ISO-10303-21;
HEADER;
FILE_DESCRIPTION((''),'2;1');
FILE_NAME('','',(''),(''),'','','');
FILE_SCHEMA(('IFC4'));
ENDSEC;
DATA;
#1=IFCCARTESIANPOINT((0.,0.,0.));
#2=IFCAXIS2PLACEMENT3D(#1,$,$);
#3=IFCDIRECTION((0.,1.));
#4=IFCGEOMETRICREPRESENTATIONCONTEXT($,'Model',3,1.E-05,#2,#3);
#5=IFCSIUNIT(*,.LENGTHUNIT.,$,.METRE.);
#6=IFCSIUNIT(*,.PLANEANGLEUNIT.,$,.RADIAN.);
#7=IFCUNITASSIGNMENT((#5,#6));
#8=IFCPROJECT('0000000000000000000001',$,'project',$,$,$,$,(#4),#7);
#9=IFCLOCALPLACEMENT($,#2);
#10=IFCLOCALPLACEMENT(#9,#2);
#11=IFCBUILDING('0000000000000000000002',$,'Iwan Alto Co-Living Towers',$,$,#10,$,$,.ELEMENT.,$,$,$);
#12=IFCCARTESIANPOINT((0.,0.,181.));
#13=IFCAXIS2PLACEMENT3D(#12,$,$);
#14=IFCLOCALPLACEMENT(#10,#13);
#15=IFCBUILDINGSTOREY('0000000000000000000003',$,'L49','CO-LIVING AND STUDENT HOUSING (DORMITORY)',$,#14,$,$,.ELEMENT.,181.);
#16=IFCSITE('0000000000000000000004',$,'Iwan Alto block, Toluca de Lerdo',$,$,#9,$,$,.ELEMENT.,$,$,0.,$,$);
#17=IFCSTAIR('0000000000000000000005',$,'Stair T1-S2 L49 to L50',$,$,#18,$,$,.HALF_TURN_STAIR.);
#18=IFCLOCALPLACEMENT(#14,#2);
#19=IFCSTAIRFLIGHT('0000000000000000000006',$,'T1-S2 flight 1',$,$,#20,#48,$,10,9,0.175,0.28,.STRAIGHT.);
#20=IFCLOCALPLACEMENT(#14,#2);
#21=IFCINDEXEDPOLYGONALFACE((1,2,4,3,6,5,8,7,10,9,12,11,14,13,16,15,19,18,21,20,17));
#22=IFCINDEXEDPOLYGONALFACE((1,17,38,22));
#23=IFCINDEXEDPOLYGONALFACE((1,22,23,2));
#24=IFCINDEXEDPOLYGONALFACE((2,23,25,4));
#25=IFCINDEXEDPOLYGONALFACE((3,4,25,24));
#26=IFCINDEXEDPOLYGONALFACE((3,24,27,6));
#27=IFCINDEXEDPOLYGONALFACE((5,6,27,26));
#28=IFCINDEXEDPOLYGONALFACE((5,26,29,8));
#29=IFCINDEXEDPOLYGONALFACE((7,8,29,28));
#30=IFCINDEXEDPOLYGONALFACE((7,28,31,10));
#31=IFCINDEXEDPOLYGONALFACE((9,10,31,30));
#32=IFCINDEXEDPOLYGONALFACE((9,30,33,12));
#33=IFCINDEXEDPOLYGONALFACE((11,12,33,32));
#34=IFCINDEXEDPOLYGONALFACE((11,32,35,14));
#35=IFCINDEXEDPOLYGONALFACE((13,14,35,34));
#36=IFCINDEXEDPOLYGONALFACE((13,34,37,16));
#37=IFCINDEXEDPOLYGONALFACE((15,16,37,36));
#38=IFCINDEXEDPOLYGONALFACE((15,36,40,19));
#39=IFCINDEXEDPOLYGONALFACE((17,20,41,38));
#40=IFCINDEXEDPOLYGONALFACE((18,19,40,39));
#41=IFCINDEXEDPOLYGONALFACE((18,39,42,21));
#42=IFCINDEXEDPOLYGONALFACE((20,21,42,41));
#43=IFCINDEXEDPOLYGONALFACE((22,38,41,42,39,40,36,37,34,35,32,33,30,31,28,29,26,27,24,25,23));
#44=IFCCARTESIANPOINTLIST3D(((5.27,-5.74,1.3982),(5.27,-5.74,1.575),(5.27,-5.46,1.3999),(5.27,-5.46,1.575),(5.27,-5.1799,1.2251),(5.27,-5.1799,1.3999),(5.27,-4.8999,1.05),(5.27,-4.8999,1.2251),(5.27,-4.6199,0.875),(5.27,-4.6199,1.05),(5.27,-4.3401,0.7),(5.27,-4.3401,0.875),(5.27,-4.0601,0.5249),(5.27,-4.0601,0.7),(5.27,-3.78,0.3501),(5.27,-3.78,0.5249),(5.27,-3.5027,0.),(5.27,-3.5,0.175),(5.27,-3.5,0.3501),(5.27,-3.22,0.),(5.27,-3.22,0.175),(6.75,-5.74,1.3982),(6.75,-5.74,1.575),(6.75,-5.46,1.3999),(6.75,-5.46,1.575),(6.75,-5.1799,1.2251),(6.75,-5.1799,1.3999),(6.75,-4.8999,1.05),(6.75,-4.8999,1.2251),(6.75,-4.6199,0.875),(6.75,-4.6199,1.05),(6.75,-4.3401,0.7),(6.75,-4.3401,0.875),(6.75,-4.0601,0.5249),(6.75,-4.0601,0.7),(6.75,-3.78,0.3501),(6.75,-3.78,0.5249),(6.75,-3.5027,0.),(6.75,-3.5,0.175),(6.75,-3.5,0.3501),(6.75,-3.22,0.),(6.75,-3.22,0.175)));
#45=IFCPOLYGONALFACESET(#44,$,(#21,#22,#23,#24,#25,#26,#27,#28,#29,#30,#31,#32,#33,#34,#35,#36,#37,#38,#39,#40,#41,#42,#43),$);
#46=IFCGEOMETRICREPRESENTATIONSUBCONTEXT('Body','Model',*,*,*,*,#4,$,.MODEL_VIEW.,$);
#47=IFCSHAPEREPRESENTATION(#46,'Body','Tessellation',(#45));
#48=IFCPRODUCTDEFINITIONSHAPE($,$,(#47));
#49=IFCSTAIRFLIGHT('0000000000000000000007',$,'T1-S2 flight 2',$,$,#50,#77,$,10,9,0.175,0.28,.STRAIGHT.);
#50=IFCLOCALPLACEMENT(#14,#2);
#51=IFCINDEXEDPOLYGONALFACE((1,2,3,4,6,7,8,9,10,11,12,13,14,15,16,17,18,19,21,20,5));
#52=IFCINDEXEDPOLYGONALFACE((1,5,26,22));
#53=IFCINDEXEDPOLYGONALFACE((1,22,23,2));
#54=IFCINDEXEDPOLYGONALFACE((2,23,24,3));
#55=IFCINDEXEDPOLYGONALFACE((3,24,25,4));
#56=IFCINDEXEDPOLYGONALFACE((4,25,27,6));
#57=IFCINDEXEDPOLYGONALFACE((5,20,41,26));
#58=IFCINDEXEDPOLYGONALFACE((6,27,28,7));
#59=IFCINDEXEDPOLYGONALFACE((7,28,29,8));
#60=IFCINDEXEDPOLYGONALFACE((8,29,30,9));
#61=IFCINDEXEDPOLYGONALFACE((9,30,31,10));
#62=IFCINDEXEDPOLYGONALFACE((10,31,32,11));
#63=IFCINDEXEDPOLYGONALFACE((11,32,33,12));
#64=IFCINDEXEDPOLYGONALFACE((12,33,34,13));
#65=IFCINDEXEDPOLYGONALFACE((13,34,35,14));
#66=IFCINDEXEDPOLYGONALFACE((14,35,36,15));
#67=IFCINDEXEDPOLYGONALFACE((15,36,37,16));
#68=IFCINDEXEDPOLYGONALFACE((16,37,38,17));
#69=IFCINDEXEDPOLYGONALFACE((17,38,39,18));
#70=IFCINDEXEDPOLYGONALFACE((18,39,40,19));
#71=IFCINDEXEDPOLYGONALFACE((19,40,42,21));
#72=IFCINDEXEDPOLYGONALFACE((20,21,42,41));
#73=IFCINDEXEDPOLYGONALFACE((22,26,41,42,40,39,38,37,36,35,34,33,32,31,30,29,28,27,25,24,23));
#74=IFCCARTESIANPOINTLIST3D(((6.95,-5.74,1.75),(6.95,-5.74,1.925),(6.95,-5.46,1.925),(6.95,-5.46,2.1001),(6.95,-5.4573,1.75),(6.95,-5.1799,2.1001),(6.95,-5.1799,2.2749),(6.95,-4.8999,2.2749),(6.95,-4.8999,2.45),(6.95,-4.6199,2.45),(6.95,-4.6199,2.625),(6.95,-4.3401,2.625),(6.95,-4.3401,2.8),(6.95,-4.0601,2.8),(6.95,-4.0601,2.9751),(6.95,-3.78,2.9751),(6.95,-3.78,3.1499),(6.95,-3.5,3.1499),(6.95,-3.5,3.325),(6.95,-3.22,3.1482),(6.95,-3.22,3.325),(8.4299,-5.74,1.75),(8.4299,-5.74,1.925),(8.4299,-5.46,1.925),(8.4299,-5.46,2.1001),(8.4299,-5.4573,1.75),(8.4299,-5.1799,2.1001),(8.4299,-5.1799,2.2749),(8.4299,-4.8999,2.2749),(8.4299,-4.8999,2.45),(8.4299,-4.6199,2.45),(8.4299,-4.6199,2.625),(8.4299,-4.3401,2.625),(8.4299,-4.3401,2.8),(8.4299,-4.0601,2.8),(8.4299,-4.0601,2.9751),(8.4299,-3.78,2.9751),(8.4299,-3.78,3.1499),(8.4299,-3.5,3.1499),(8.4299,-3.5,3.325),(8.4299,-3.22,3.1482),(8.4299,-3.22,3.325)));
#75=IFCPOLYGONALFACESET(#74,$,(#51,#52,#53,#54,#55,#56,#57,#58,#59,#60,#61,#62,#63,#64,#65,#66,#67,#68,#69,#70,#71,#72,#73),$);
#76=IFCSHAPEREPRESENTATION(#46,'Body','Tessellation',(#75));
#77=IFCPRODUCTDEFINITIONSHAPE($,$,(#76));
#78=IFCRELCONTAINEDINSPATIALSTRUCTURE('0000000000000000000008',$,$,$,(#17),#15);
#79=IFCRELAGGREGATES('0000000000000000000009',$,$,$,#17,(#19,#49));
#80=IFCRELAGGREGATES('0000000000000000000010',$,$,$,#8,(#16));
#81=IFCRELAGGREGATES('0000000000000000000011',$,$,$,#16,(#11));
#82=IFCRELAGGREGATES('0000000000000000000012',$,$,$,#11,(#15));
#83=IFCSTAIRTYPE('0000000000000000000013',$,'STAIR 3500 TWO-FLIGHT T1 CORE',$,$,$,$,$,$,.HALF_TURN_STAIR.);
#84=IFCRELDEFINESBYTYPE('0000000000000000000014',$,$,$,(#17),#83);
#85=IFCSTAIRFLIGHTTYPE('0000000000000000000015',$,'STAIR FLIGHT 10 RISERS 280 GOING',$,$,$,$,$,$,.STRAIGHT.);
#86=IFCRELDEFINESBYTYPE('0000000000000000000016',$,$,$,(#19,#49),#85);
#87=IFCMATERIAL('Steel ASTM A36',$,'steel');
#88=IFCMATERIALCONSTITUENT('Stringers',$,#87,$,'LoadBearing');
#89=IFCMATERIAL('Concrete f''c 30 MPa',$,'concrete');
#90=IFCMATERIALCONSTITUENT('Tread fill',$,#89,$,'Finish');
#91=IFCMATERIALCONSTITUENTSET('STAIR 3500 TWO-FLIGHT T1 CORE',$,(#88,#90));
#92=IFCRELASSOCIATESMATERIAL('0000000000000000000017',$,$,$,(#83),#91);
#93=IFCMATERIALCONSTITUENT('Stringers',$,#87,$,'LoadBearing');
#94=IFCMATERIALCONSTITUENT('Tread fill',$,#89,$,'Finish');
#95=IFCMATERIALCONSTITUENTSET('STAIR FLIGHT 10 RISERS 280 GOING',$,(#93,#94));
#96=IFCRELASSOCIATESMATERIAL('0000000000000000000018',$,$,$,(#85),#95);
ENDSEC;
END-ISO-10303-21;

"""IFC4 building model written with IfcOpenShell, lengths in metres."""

from ifc_helpers import new_model, si_unit, direction, frame, origin, place, context, subcontext, project, spatial, polyline, outline, extrude, material, constituent, constituent_set, type_object, element, aggregate, save


model = new_model("IFC4")

# Units and contexts
model_context = context("Model", 3, precision=1e-05, world=origin(), true_north=direction((0.0, 1.0)))
body_context = subcontext(model_context, "Body", "Model", "MODEL_VIEW")
ifc_project = project(units=[si_unit("LENGTHUNIT", "METRE"), si_unit("PLANEANGLEUNIT", "RADIAN")], contexts=[model_context])

# Site, building, storey
site_placement = place(None, origin())
site = spatial("IfcSite", under=ifc_project, at=site_placement, Name="Iwan Alto block, Toluca de Lerdo", CompositionType="ELEMENT", RefElevation=0.0)
building_placement = place(site_placement, origin())
building = spatial("IfcBuilding", under=site, at=building_placement, Name="Iwan Alto Co-Living Towers", CompositionType="ELEMENT")
storey_placement = place(building_placement, frame((0.0, 0.0, 181.0)))
storey = spatial("IfcBuildingStorey", under=building, at=storey_placement, Name="L49", Description="CO-LIVING AND STUDENT HOUSING (DORMITORY)", CompositionType="ELEMENT", Elevation=181.0)

# Stair
ifc_material_1 = material(Name="Steel ASTM A36", Category="steel")
ifc_constituent_1 = constituent(ifc_material_1, Name="Stringers", Category="LoadBearing")
ifc_material_2 = material(Name="Concrete f'c 30 MPa", Category="concrete")
ifc_constituent_2 = constituent(ifc_material_2, Name="Tread fill", Category="Finish")
ifc_constituent_set_1 = constituent_set(constituents=[ifc_constituent_1, ifc_constituent_2], Name="STAIR 3500 TWO-FLIGHT T1 CORE")
stair_type = type_object("IfcStairType", Name="STAIR 3500 TWO-FLIGHT T1 CORE", PredefinedType="HALF_TURN_STAIR", material=ifc_constituent_set_1)
stair_1_placement = place(storey_placement, origin())
stair_1 = element("IfcStair", 1, at=stair_1_placement, inside=storey, type_object=stair_type, Name="Stair T1-S2 L49 to L50", PredefinedType="HALF_TURN_STAIR")

# Stair flights
ifc_constituent_3 = constituent(ifc_material_1, Name="Stringers", Category="LoadBearing")
ifc_constituent_4 = constituent(ifc_material_2, Name="Tread fill", Category="Finish")
ifc_constituent_set_2 = constituent_set(constituents=[ifc_constituent_3, ifc_constituent_4], Name="STAIR FLIGHT 10 RISERS 280 GOING")
stair_flight_type = type_object("IfcStairFlightType", Name="STAIR FLIGHT 10 RISERS 280 GOING", PredefinedType="STRAIGHT", material=ifc_constituent_set_2)
stair_flight_1_placement = place(storey_placement, frame((6.01, -3.22, 0.0), z_axis=(0.0, 0.0, 1.0), x_axis=(0.0, -1.0, 0.0)))
stair_flight_1 = element("IfcStairFlight", 2, at=stair_flight_1_placement, type_object=stair_flight_type, Name="T1-S2 flight 1", NumberOfRisers=10, NumberOfTreads=9, PredefinedType="STRAIGHT", RiserHeight=0.175, TreadLength=0.28, context=body_context, shape_type="SweptSolid", body=[
    extrude(outline(polyline([(0.0, 0.0), (0.0, 0.175), (0.28, 0.175), (0.28, 0.3501), (0.5601, 0.3501), (0.5601, 0.5249), (0.8401, 0.5249), (0.8401, 0.7), (1.1201, 0.7), (1.1201, 0.875), (1.3999, 0.875), (1.3999, 1.05), (1.6799, 1.05), (1.6799, 1.2251), (1.96, 1.2251), (1.96, 1.3999), (2.24, 1.3999), (2.24, 1.575), (2.52, 1.575), (2.52, 1.75), (2.52, 1.3982), (0.2827, 0.0), (0.0, 0.0)])), frame((0.0, 0.74, 0.0), z_axis=(0.0, -1.0, 0.0), x_axis=(1.0, 0.0, 0.0)), (0.0, 0.0, 1.0), 1.48),
])
stair_flight_2_placement = place(storey_placement, frame((7.6899, -5.74, 1.75), z_axis=(0.0, 0.0, 1.0), x_axis=(0.0, 1.0, 0.0)))
stair_flight_2 = element("IfcStairFlight", 3, at=stair_flight_2_placement, type_object=stair_flight_type, Name="T1-S2 flight 2", NumberOfRisers=10, NumberOfTreads=9, PredefinedType="STRAIGHT", RiserHeight=0.175, TreadLength=0.28, context=body_context, shape_type="SweptSolid", body=[
    extrude(outline(polyline([(0.0, 0.0), (0.0, 0.175), (0.28, 0.175), (0.28, 0.3501), (0.5601, 0.3501), (0.5601, 0.5249), (0.8401, 0.5249), (0.8401, 0.7), (1.1201, 0.7), (1.1201, 0.875), (1.3999, 0.875), (1.3999, 1.05), (1.6799, 1.05), (1.6799, 1.2251), (1.96, 1.2251), (1.96, 1.3999), (2.24, 1.3999), (2.24, 1.575), (2.52, 1.575), (2.52, 1.75), (2.52, 1.3982), (0.2827, 0.0), (0.0, 0.0)])), frame((0.0, 0.74, 0.0), z_axis=(0.0, -1.0, 0.0), x_axis=(1.0, 0.0, 0.0)), (0.0, 0.0, 1.0), 1.48),
])
aggregate(stair_1, [stair_flight_1, stair_flight_2])

save(model, "model.ifc")
